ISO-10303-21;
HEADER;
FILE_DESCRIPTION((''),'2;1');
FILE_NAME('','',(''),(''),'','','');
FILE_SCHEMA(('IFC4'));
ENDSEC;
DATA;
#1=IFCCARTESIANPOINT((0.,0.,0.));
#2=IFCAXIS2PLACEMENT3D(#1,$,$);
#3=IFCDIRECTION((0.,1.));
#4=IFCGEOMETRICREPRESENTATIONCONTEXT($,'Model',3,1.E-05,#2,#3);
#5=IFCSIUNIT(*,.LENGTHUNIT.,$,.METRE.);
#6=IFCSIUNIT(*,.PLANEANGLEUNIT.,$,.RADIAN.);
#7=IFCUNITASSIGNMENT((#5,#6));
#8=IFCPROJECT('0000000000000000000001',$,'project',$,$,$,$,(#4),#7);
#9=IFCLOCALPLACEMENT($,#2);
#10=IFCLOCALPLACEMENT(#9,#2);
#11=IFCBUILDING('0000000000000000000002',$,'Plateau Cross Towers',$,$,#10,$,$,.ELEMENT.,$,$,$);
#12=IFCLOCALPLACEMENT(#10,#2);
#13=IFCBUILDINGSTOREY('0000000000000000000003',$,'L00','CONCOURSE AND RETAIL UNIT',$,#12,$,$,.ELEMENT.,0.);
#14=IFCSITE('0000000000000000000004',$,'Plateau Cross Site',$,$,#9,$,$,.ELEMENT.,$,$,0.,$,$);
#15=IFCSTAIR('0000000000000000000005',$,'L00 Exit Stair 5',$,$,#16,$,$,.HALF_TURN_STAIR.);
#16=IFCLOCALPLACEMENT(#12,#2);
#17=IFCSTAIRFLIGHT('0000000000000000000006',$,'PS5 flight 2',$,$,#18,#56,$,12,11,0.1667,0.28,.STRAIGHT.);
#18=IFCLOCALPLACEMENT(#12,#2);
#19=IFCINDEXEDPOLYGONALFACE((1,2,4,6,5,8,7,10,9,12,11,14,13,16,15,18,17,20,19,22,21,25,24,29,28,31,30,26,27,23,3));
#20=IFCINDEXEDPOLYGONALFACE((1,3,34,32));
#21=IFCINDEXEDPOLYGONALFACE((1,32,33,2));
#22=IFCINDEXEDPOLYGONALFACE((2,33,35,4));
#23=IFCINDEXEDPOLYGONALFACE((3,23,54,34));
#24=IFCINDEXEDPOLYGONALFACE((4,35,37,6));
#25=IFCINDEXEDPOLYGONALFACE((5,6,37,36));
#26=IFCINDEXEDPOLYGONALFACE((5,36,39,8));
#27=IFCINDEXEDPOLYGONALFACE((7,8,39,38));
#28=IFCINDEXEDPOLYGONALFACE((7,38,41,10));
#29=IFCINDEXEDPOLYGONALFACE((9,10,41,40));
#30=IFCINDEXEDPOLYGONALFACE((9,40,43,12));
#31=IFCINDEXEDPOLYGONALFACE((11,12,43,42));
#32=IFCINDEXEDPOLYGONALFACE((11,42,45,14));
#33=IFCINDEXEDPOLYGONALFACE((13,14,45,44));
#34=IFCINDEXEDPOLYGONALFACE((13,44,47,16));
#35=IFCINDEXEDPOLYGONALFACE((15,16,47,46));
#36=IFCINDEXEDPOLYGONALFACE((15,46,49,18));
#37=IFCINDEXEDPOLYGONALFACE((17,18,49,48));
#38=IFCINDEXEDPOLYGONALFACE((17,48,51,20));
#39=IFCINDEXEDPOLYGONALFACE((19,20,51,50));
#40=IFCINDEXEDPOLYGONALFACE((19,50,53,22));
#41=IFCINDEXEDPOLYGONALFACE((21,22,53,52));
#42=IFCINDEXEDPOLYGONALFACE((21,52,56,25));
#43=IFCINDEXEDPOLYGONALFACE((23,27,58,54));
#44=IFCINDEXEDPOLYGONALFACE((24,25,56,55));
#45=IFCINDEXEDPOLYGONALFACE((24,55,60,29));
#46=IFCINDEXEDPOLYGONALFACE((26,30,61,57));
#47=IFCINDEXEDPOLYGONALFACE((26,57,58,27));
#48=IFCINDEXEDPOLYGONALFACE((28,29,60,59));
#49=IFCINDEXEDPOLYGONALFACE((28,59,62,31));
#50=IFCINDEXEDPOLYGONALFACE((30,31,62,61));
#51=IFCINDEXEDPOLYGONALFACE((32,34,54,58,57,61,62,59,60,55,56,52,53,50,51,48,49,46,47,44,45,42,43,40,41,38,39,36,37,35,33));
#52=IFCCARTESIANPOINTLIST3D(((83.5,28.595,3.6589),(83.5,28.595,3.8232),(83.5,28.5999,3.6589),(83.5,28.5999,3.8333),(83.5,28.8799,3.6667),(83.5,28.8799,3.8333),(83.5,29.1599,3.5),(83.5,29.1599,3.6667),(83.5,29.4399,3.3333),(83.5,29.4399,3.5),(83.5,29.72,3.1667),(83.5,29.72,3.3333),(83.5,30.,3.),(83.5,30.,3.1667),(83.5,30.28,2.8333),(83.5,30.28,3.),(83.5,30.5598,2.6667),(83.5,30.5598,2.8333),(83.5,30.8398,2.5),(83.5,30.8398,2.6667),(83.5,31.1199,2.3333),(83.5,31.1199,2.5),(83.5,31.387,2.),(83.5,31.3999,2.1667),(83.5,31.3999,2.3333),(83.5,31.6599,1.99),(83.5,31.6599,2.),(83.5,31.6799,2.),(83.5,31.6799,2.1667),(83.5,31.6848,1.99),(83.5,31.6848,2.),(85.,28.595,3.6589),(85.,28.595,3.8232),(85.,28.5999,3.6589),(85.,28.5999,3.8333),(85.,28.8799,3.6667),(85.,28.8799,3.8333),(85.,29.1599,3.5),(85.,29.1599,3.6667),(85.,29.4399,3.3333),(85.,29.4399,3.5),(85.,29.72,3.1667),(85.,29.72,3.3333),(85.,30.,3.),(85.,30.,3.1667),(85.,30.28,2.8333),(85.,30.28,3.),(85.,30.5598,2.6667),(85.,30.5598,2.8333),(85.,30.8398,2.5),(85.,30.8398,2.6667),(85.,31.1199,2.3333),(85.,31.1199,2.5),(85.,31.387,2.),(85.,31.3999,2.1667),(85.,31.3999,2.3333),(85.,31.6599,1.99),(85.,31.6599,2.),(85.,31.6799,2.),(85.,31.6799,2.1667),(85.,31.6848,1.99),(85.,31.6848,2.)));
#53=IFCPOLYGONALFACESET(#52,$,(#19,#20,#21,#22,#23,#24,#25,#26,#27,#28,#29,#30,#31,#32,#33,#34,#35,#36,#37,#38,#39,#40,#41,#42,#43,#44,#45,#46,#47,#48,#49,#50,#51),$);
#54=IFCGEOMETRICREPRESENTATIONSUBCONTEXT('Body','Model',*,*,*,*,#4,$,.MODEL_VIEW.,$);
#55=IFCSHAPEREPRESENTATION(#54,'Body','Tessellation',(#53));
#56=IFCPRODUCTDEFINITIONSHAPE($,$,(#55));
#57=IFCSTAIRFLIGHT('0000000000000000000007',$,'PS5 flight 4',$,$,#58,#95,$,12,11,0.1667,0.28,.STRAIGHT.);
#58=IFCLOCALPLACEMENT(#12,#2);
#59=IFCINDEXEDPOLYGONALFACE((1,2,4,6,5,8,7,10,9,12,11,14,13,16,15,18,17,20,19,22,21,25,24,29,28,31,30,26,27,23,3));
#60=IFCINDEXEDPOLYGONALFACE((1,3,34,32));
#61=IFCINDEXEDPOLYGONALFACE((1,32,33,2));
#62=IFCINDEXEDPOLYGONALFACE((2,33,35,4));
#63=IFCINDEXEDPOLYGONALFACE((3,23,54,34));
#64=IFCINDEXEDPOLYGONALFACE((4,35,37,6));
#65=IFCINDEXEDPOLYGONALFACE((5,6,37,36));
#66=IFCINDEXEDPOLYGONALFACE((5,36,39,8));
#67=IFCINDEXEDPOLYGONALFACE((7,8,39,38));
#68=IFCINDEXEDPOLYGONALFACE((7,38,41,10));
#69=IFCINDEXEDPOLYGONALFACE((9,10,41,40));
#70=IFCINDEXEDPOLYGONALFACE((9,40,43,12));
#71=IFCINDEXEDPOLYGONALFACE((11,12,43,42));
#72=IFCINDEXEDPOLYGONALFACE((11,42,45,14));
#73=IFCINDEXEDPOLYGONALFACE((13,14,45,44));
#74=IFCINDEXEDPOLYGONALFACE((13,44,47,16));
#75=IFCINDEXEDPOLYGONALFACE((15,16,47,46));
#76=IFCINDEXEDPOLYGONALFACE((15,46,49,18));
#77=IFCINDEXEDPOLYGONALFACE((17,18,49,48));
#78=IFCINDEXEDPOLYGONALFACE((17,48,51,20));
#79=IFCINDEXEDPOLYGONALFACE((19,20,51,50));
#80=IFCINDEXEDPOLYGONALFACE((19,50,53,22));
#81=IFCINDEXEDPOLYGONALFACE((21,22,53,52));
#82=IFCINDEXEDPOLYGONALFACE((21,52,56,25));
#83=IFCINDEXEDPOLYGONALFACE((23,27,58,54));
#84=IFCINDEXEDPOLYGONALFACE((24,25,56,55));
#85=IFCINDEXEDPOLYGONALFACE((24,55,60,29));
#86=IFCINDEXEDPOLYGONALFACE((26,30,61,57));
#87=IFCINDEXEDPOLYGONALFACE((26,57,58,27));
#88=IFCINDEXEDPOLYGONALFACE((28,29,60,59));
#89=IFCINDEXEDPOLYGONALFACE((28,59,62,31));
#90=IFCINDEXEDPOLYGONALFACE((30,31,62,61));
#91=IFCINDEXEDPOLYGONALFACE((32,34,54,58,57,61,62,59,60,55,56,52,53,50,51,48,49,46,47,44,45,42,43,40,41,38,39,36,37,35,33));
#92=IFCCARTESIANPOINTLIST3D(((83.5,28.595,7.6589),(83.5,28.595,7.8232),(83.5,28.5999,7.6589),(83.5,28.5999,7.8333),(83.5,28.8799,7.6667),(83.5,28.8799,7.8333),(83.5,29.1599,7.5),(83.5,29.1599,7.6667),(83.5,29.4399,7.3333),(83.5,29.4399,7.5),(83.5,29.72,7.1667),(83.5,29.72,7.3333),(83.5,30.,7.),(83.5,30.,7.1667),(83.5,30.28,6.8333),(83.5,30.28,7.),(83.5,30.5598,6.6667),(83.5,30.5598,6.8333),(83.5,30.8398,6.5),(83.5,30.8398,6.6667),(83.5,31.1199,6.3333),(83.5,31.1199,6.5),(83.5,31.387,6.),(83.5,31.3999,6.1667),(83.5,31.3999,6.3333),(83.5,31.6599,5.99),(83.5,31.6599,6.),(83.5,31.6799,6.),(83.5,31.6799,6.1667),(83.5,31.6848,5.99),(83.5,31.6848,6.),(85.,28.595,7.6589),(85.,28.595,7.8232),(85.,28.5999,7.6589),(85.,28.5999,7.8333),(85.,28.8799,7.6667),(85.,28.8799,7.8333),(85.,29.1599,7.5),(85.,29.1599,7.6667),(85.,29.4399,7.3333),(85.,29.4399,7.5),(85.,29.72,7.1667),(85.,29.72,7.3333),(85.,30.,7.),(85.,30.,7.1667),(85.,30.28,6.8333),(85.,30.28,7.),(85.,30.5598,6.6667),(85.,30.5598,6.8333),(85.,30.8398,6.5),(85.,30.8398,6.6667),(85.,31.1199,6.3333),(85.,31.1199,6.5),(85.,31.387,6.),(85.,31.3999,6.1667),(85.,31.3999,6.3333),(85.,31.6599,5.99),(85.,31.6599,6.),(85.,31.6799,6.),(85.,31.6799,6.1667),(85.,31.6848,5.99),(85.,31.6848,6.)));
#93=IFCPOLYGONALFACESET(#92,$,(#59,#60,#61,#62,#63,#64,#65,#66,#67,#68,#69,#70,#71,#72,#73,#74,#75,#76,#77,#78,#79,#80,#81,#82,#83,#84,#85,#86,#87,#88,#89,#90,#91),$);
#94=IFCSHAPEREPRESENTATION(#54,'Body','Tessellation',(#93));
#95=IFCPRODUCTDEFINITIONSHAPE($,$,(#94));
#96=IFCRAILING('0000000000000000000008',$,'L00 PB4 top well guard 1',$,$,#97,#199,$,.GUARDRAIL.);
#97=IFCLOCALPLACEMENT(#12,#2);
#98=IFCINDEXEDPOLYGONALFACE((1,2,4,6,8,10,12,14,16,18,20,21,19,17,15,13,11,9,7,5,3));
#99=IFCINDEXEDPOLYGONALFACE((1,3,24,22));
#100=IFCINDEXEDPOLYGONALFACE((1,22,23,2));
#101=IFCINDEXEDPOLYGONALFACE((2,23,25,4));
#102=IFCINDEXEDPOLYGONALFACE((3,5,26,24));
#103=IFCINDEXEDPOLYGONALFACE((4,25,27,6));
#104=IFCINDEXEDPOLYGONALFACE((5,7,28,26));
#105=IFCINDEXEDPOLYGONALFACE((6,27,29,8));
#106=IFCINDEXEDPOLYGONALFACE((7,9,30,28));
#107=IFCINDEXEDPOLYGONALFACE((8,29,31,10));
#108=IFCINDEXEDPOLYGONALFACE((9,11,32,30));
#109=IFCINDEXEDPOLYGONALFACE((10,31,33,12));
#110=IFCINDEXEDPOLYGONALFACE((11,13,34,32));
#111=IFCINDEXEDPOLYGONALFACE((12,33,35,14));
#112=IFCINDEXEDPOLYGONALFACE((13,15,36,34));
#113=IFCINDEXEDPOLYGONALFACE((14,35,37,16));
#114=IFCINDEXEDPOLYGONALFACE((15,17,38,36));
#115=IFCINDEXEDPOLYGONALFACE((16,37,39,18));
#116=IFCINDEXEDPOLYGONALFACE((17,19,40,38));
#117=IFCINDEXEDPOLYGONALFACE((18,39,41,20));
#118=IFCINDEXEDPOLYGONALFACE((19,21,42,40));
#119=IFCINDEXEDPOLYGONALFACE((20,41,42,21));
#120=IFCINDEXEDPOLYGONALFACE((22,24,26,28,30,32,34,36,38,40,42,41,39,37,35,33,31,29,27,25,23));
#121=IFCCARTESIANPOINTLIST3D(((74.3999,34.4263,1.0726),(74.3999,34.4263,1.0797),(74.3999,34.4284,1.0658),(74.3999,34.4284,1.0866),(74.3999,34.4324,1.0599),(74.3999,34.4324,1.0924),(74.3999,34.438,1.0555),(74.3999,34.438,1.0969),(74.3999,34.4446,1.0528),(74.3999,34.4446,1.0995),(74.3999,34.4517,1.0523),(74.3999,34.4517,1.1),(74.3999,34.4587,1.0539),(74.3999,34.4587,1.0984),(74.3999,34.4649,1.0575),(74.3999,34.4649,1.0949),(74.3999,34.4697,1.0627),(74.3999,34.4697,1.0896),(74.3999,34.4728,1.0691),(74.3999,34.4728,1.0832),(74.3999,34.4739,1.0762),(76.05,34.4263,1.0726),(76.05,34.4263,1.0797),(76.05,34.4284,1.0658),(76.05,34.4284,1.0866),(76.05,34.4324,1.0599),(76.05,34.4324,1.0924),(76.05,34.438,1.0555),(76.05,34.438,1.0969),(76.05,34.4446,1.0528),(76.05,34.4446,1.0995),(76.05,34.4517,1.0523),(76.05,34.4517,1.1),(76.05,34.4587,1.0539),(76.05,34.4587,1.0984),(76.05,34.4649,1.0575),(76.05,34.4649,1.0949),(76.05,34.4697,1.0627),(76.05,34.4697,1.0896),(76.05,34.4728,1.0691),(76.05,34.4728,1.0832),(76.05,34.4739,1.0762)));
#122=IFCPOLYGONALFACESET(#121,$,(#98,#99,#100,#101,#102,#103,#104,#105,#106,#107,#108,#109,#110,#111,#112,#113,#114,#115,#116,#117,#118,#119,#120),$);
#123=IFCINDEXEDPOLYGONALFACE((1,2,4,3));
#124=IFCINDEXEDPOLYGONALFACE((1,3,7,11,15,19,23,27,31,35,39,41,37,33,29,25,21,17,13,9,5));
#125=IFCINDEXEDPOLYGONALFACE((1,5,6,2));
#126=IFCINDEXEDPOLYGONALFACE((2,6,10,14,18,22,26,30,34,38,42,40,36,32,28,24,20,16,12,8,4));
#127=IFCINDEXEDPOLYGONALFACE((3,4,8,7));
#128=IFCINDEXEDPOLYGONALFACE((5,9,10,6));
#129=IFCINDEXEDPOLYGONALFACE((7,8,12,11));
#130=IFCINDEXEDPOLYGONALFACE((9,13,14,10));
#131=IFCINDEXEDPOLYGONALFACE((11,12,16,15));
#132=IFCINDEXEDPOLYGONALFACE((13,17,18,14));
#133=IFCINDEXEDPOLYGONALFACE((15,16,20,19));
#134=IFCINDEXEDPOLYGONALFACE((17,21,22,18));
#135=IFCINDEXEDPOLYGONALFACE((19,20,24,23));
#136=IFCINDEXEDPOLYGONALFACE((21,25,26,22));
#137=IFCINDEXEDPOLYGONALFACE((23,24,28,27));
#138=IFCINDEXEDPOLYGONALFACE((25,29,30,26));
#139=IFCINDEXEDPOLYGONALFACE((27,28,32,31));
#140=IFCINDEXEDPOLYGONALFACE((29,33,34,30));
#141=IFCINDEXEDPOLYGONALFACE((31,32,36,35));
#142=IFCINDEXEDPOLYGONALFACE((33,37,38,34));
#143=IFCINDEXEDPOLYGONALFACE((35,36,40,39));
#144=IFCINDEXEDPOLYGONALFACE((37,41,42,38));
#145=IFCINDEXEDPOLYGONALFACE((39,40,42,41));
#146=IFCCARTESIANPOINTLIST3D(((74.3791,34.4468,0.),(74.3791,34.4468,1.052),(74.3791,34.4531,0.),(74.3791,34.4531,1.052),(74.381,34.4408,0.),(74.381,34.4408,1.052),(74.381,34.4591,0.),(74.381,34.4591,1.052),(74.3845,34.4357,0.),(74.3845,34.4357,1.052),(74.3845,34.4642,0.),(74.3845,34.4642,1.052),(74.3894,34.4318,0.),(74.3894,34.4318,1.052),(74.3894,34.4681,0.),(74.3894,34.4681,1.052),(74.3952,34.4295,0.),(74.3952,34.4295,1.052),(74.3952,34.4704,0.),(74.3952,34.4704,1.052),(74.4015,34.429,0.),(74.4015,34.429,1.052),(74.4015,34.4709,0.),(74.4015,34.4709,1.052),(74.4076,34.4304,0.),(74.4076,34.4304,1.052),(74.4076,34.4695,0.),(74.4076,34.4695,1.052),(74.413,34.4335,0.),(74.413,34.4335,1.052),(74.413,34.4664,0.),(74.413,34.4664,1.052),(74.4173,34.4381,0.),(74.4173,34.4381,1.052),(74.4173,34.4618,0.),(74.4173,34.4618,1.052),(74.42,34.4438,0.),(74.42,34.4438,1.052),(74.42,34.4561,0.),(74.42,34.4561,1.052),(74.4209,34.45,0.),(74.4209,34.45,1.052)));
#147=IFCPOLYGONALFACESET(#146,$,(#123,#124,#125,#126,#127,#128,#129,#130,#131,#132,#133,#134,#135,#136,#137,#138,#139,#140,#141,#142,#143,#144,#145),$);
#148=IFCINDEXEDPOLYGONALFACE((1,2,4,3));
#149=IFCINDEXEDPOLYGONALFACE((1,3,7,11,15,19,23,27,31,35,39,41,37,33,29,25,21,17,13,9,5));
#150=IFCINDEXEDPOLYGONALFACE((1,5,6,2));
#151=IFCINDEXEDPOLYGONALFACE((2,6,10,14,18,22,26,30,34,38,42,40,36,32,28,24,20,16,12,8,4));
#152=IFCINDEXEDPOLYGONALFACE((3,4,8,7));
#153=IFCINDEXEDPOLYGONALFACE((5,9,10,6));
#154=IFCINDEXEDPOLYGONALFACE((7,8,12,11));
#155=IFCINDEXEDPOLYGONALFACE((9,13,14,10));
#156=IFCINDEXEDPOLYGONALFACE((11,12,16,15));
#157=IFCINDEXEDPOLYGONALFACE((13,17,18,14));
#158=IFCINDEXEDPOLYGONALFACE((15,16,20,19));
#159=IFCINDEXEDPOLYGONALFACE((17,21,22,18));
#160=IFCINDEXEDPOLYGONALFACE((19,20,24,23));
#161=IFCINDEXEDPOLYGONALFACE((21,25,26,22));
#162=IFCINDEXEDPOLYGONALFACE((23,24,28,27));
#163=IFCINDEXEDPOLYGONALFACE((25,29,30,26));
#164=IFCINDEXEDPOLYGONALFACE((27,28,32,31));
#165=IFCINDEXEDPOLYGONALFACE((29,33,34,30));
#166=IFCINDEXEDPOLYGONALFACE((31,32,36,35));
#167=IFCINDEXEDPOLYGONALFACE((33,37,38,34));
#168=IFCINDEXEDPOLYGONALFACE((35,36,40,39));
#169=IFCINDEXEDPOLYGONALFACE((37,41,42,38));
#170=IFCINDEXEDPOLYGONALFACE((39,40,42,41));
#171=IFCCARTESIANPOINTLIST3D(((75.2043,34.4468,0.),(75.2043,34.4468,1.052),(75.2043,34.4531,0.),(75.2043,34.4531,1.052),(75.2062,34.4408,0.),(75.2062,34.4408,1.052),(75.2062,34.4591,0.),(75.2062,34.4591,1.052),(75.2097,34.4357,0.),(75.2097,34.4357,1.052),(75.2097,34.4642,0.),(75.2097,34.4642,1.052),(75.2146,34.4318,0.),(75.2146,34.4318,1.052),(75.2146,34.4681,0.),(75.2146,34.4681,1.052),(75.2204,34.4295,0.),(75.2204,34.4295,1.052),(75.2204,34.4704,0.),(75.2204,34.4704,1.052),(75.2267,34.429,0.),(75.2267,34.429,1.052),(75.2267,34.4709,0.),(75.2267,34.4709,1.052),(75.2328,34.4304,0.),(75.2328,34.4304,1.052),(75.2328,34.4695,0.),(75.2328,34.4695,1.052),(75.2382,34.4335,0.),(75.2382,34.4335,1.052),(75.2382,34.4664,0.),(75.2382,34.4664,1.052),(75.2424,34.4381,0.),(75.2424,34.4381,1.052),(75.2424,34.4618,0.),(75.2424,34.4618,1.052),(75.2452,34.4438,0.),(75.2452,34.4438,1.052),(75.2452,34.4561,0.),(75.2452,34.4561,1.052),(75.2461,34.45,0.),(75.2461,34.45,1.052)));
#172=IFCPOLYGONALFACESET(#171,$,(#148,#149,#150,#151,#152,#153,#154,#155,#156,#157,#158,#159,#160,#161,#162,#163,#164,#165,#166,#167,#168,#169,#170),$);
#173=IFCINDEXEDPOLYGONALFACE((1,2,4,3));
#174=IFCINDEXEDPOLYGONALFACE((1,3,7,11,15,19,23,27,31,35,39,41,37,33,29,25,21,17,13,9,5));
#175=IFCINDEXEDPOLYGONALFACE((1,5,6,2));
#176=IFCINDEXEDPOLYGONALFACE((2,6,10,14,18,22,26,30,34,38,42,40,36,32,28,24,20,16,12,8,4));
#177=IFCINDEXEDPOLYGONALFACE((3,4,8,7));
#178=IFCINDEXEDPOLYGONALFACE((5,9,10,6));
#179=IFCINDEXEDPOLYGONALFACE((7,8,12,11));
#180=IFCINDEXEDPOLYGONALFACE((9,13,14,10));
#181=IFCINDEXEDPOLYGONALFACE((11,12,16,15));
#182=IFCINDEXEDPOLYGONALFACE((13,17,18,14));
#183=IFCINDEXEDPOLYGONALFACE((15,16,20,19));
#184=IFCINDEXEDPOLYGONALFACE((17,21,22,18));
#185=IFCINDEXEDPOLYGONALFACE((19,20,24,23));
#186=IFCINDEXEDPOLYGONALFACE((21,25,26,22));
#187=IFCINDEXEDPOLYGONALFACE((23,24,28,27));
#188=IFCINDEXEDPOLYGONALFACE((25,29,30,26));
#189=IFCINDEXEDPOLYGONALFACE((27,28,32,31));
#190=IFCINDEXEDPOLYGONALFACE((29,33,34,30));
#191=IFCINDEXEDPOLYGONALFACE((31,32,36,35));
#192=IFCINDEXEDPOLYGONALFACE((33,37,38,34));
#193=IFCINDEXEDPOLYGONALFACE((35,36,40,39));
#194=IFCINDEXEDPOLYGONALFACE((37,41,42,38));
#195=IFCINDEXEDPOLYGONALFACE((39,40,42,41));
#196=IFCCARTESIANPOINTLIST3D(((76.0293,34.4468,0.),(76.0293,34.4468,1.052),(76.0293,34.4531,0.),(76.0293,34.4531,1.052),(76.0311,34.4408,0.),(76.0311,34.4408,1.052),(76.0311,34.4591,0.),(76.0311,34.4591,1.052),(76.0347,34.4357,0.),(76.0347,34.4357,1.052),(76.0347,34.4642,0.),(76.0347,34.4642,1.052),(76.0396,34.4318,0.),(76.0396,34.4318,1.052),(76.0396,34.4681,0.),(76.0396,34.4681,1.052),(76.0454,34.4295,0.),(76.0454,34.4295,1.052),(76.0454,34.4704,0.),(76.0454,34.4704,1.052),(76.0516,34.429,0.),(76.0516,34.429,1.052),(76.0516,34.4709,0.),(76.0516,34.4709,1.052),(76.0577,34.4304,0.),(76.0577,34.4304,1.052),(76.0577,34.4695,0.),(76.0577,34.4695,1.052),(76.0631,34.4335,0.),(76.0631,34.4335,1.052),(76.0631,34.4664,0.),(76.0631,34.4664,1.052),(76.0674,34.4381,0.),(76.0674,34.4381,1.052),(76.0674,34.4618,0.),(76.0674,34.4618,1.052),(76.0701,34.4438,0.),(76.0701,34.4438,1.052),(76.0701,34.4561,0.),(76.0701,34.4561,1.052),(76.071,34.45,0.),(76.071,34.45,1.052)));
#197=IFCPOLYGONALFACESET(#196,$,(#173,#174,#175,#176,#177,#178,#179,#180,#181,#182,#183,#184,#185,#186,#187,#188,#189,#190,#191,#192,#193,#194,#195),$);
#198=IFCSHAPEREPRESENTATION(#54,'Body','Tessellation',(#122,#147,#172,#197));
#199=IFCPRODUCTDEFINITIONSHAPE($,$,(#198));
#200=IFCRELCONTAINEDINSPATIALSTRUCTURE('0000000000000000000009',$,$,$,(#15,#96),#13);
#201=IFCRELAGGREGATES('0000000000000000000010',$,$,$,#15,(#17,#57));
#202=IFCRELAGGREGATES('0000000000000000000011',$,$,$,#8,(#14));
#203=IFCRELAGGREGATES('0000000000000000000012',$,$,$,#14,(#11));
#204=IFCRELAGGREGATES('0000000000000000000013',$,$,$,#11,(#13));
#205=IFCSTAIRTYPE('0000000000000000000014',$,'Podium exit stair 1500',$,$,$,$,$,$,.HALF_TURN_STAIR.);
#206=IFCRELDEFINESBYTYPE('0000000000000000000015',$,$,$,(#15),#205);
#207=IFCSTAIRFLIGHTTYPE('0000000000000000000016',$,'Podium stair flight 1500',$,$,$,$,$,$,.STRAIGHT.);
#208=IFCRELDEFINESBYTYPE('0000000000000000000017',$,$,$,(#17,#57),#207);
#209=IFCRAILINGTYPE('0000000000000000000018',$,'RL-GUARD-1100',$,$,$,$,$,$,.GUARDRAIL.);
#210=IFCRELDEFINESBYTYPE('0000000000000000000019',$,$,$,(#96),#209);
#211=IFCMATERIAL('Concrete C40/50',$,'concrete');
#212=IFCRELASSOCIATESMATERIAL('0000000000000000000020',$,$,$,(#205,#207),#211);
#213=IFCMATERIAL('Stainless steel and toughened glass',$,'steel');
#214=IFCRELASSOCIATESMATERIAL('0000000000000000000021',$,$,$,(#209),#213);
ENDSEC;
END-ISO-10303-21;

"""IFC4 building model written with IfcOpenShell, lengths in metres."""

from ifc_helpers import new_model, si_unit, direction, frame, origin, origin_2d, place, context, subcontext, project, spatial, polyline, circle, outline, extrude, material, type_object, element, aggregate, save


model = new_model("IFC4")

# Units and contexts
model_context = context("Model", 3, precision=1e-05, world=origin(), true_north=direction((0.0, 1.0)))
body_context = subcontext(model_context, "Body", "Model", "MODEL_VIEW")
ifc_project = project(units=[si_unit("LENGTHUNIT", "METRE"), si_unit("PLANEANGLEUNIT", "RADIAN")], contexts=[model_context])

# Site, building, storey
site_placement = place(None, origin())
site = spatial("IfcSite", under=ifc_project, at=site_placement, Name="Plateau Cross Site", CompositionType="ELEMENT", RefElevation=0.0)
building_placement = place(site_placement, origin())
building = spatial("IfcBuilding", under=site, at=building_placement, Name="Plateau Cross Towers", CompositionType="ELEMENT")
storey_placement = place(building_placement, origin())
storey = spatial("IfcBuildingStorey", under=building, at=storey_placement, Name="L00", Description="CONCOURSE AND RETAIL UNIT", CompositionType="ELEMENT", Elevation=0.0)

# Stair, stair flights
ifc_material_1 = material(Name="Concrete C40/50", Category="concrete")
stair_type = type_object("IfcStairType", Name="Podium exit stair 1500", PredefinedType="HALF_TURN_STAIR", material=ifc_material_1)
stair_placement = place(storey_placement, origin())
stair = element("IfcStair", 1, at=stair_placement, inside=storey, type_object=stair_type, Name="L00 Exit Stair 5", PredefinedType="HALF_TURN_STAIR")
stair_flight_type = type_object("IfcStairFlightType", Name="Podium stair flight 1500", PredefinedType="STRAIGHT", material=ifc_material_1)
stair_flight_1_placement = place(storey_placement, frame((84.25, 31.6799, 2.0), z_axis=(0.0, 0.0, 1.0), x_axis=(0.0, -1.0, 0.0)))
stair_flight_1 = element("IfcStairFlight", 2, at=stair_flight_1_placement, type_object=stair_flight_type, Name="PS5 flight 2", NumberOfRisers=12, NumberOfTreads=11, PredefinedType="STRAIGHT", RiserHeight=0.1667, TreadLength=0.28, context=body_context, shape_type="SweptSolid", body=[
    extrude(outline(polyline([(-0.0049, -0.01), (-0.0049, 0.0), (0.0, 0.0), (0.0, 0.1667), (0.28, 0.1667), (0.28, 0.3333), (0.5601, 0.3333), (0.5601, 0.5), (0.8401, 0.5), (0.8401, 0.6667), (1.1201, 0.6667), (1.1201, 0.8333), (1.3999, 0.8333), (1.3999, 1.0), (1.6799, 1.0), (1.6799, 1.1667), (1.96, 1.1667), (1.96, 1.3333), (2.24, 1.3333), (2.24, 1.5), (2.52, 1.5), (2.52, 1.6667), (2.8, 1.6667), (2.8, 1.8333), (3.0801, 1.8333), (3.085, 1.8232), (3.085, 1.6589), (3.0801, 1.6589), (0.293, 0.0), (0.02, 0.0), (0.02, -0.01), (-0.0049, -0.01)])), frame((0.0, 0.75, 0.0), z_axis=(0.0, -1.0, 0.0), x_axis=(1.0, 0.0, 0.0)), (0.0, 0.0, 1.0), 1.5),
])
stair_flight_2_placement = place(storey_placement, frame((84.25, 31.6799, 6.0), z_axis=(0.0, 0.0, 1.0), x_axis=(0.0, -1.0, 0.0)))
stair_flight_2 = element("IfcStairFlight", 3, at=stair_flight_2_placement, type_object=stair_flight_type, Name="PS5 flight 4", NumberOfRisers=12, NumberOfTreads=11, PredefinedType="STRAIGHT", RiserHeight=0.1667, TreadLength=0.28, context=body_context, shape_type="SweptSolid", body=[
    extrude(outline(polyline([(-0.0049, -0.01), (-0.0049, 0.0), (0.0, 0.0), (0.0, 0.1667), (0.28, 0.1667), (0.28, 0.3333), (0.5601, 0.3333), (0.5601, 0.5), (0.8401, 0.5), (0.8401, 0.6667), (1.1201, 0.6667), (1.1201, 0.8333), (1.3999, 0.8333), (1.3999, 1.0), (1.6799, 1.0), (1.6799, 1.1667), (1.96, 1.1667), (1.96, 1.3333), (2.24, 1.3333), (2.24, 1.5), (2.52, 1.5), (2.52, 1.6667), (2.8, 1.6667), (2.8, 1.8333), (3.0801, 1.8333), (3.085, 1.8232), (3.085, 1.6589), (3.0801, 1.6589), (0.293, 0.0), (0.02, 0.0), (0.02, -0.01), (-0.0049, -0.01)])), frame((0.0, 0.75, 0.0), z_axis=(0.0, -1.0, 0.0), x_axis=(1.0, 0.0, 0.0)), (0.0, 0.0, 1.0), 1.5),
])
aggregate(stair, [stair_flight_1, stair_flight_2])

# Railing
ifc_material_2 = material(Name="Stainless steel and toughened glass", Category="steel")
railing_type_1 = type_object("IfcRailingType", Name="RL-GUARD-1100", PredefinedType="GUARDRAIL", material=ifc_material_2)
railing_placement = place(storey_placement, frame((74.3999, 34.45, 0.0)))
element("IfcRailing", 4, at=railing_placement, inside=storey, type_object=railing_type_1, Name="L00 PB4 top well guard 1", PredefinedType="GUARDRAIL", context=body_context, shape_type="SweptSolid", body=[
    extrude(circle(Radius=0.0239, at=origin_2d()), frame((0.0, 0.0, 1.0762), z_axis=(1.0, 0.0, 0.0), x_axis=(0.0, 1.0, 0.0)), (0.0, 0.0, 1.0), 1.6501),
    extrude(circle(Radius=0.021, at=origin_2d()), origin(), (0.0, 0.0, 1.0), 1.052),
    extrude(circle(Radius=0.021, at=origin_2d()), frame((0.8252, 0.0, 0.0)), (0.0, 0.0, 1.0), 1.052),
    extrude(circle(Radius=0.021, at=origin_2d()), frame((1.6501, 0.0, 0.0)), (0.0, 0.0, 1.0), 1.052),
])

save(model, "model.ifc")
